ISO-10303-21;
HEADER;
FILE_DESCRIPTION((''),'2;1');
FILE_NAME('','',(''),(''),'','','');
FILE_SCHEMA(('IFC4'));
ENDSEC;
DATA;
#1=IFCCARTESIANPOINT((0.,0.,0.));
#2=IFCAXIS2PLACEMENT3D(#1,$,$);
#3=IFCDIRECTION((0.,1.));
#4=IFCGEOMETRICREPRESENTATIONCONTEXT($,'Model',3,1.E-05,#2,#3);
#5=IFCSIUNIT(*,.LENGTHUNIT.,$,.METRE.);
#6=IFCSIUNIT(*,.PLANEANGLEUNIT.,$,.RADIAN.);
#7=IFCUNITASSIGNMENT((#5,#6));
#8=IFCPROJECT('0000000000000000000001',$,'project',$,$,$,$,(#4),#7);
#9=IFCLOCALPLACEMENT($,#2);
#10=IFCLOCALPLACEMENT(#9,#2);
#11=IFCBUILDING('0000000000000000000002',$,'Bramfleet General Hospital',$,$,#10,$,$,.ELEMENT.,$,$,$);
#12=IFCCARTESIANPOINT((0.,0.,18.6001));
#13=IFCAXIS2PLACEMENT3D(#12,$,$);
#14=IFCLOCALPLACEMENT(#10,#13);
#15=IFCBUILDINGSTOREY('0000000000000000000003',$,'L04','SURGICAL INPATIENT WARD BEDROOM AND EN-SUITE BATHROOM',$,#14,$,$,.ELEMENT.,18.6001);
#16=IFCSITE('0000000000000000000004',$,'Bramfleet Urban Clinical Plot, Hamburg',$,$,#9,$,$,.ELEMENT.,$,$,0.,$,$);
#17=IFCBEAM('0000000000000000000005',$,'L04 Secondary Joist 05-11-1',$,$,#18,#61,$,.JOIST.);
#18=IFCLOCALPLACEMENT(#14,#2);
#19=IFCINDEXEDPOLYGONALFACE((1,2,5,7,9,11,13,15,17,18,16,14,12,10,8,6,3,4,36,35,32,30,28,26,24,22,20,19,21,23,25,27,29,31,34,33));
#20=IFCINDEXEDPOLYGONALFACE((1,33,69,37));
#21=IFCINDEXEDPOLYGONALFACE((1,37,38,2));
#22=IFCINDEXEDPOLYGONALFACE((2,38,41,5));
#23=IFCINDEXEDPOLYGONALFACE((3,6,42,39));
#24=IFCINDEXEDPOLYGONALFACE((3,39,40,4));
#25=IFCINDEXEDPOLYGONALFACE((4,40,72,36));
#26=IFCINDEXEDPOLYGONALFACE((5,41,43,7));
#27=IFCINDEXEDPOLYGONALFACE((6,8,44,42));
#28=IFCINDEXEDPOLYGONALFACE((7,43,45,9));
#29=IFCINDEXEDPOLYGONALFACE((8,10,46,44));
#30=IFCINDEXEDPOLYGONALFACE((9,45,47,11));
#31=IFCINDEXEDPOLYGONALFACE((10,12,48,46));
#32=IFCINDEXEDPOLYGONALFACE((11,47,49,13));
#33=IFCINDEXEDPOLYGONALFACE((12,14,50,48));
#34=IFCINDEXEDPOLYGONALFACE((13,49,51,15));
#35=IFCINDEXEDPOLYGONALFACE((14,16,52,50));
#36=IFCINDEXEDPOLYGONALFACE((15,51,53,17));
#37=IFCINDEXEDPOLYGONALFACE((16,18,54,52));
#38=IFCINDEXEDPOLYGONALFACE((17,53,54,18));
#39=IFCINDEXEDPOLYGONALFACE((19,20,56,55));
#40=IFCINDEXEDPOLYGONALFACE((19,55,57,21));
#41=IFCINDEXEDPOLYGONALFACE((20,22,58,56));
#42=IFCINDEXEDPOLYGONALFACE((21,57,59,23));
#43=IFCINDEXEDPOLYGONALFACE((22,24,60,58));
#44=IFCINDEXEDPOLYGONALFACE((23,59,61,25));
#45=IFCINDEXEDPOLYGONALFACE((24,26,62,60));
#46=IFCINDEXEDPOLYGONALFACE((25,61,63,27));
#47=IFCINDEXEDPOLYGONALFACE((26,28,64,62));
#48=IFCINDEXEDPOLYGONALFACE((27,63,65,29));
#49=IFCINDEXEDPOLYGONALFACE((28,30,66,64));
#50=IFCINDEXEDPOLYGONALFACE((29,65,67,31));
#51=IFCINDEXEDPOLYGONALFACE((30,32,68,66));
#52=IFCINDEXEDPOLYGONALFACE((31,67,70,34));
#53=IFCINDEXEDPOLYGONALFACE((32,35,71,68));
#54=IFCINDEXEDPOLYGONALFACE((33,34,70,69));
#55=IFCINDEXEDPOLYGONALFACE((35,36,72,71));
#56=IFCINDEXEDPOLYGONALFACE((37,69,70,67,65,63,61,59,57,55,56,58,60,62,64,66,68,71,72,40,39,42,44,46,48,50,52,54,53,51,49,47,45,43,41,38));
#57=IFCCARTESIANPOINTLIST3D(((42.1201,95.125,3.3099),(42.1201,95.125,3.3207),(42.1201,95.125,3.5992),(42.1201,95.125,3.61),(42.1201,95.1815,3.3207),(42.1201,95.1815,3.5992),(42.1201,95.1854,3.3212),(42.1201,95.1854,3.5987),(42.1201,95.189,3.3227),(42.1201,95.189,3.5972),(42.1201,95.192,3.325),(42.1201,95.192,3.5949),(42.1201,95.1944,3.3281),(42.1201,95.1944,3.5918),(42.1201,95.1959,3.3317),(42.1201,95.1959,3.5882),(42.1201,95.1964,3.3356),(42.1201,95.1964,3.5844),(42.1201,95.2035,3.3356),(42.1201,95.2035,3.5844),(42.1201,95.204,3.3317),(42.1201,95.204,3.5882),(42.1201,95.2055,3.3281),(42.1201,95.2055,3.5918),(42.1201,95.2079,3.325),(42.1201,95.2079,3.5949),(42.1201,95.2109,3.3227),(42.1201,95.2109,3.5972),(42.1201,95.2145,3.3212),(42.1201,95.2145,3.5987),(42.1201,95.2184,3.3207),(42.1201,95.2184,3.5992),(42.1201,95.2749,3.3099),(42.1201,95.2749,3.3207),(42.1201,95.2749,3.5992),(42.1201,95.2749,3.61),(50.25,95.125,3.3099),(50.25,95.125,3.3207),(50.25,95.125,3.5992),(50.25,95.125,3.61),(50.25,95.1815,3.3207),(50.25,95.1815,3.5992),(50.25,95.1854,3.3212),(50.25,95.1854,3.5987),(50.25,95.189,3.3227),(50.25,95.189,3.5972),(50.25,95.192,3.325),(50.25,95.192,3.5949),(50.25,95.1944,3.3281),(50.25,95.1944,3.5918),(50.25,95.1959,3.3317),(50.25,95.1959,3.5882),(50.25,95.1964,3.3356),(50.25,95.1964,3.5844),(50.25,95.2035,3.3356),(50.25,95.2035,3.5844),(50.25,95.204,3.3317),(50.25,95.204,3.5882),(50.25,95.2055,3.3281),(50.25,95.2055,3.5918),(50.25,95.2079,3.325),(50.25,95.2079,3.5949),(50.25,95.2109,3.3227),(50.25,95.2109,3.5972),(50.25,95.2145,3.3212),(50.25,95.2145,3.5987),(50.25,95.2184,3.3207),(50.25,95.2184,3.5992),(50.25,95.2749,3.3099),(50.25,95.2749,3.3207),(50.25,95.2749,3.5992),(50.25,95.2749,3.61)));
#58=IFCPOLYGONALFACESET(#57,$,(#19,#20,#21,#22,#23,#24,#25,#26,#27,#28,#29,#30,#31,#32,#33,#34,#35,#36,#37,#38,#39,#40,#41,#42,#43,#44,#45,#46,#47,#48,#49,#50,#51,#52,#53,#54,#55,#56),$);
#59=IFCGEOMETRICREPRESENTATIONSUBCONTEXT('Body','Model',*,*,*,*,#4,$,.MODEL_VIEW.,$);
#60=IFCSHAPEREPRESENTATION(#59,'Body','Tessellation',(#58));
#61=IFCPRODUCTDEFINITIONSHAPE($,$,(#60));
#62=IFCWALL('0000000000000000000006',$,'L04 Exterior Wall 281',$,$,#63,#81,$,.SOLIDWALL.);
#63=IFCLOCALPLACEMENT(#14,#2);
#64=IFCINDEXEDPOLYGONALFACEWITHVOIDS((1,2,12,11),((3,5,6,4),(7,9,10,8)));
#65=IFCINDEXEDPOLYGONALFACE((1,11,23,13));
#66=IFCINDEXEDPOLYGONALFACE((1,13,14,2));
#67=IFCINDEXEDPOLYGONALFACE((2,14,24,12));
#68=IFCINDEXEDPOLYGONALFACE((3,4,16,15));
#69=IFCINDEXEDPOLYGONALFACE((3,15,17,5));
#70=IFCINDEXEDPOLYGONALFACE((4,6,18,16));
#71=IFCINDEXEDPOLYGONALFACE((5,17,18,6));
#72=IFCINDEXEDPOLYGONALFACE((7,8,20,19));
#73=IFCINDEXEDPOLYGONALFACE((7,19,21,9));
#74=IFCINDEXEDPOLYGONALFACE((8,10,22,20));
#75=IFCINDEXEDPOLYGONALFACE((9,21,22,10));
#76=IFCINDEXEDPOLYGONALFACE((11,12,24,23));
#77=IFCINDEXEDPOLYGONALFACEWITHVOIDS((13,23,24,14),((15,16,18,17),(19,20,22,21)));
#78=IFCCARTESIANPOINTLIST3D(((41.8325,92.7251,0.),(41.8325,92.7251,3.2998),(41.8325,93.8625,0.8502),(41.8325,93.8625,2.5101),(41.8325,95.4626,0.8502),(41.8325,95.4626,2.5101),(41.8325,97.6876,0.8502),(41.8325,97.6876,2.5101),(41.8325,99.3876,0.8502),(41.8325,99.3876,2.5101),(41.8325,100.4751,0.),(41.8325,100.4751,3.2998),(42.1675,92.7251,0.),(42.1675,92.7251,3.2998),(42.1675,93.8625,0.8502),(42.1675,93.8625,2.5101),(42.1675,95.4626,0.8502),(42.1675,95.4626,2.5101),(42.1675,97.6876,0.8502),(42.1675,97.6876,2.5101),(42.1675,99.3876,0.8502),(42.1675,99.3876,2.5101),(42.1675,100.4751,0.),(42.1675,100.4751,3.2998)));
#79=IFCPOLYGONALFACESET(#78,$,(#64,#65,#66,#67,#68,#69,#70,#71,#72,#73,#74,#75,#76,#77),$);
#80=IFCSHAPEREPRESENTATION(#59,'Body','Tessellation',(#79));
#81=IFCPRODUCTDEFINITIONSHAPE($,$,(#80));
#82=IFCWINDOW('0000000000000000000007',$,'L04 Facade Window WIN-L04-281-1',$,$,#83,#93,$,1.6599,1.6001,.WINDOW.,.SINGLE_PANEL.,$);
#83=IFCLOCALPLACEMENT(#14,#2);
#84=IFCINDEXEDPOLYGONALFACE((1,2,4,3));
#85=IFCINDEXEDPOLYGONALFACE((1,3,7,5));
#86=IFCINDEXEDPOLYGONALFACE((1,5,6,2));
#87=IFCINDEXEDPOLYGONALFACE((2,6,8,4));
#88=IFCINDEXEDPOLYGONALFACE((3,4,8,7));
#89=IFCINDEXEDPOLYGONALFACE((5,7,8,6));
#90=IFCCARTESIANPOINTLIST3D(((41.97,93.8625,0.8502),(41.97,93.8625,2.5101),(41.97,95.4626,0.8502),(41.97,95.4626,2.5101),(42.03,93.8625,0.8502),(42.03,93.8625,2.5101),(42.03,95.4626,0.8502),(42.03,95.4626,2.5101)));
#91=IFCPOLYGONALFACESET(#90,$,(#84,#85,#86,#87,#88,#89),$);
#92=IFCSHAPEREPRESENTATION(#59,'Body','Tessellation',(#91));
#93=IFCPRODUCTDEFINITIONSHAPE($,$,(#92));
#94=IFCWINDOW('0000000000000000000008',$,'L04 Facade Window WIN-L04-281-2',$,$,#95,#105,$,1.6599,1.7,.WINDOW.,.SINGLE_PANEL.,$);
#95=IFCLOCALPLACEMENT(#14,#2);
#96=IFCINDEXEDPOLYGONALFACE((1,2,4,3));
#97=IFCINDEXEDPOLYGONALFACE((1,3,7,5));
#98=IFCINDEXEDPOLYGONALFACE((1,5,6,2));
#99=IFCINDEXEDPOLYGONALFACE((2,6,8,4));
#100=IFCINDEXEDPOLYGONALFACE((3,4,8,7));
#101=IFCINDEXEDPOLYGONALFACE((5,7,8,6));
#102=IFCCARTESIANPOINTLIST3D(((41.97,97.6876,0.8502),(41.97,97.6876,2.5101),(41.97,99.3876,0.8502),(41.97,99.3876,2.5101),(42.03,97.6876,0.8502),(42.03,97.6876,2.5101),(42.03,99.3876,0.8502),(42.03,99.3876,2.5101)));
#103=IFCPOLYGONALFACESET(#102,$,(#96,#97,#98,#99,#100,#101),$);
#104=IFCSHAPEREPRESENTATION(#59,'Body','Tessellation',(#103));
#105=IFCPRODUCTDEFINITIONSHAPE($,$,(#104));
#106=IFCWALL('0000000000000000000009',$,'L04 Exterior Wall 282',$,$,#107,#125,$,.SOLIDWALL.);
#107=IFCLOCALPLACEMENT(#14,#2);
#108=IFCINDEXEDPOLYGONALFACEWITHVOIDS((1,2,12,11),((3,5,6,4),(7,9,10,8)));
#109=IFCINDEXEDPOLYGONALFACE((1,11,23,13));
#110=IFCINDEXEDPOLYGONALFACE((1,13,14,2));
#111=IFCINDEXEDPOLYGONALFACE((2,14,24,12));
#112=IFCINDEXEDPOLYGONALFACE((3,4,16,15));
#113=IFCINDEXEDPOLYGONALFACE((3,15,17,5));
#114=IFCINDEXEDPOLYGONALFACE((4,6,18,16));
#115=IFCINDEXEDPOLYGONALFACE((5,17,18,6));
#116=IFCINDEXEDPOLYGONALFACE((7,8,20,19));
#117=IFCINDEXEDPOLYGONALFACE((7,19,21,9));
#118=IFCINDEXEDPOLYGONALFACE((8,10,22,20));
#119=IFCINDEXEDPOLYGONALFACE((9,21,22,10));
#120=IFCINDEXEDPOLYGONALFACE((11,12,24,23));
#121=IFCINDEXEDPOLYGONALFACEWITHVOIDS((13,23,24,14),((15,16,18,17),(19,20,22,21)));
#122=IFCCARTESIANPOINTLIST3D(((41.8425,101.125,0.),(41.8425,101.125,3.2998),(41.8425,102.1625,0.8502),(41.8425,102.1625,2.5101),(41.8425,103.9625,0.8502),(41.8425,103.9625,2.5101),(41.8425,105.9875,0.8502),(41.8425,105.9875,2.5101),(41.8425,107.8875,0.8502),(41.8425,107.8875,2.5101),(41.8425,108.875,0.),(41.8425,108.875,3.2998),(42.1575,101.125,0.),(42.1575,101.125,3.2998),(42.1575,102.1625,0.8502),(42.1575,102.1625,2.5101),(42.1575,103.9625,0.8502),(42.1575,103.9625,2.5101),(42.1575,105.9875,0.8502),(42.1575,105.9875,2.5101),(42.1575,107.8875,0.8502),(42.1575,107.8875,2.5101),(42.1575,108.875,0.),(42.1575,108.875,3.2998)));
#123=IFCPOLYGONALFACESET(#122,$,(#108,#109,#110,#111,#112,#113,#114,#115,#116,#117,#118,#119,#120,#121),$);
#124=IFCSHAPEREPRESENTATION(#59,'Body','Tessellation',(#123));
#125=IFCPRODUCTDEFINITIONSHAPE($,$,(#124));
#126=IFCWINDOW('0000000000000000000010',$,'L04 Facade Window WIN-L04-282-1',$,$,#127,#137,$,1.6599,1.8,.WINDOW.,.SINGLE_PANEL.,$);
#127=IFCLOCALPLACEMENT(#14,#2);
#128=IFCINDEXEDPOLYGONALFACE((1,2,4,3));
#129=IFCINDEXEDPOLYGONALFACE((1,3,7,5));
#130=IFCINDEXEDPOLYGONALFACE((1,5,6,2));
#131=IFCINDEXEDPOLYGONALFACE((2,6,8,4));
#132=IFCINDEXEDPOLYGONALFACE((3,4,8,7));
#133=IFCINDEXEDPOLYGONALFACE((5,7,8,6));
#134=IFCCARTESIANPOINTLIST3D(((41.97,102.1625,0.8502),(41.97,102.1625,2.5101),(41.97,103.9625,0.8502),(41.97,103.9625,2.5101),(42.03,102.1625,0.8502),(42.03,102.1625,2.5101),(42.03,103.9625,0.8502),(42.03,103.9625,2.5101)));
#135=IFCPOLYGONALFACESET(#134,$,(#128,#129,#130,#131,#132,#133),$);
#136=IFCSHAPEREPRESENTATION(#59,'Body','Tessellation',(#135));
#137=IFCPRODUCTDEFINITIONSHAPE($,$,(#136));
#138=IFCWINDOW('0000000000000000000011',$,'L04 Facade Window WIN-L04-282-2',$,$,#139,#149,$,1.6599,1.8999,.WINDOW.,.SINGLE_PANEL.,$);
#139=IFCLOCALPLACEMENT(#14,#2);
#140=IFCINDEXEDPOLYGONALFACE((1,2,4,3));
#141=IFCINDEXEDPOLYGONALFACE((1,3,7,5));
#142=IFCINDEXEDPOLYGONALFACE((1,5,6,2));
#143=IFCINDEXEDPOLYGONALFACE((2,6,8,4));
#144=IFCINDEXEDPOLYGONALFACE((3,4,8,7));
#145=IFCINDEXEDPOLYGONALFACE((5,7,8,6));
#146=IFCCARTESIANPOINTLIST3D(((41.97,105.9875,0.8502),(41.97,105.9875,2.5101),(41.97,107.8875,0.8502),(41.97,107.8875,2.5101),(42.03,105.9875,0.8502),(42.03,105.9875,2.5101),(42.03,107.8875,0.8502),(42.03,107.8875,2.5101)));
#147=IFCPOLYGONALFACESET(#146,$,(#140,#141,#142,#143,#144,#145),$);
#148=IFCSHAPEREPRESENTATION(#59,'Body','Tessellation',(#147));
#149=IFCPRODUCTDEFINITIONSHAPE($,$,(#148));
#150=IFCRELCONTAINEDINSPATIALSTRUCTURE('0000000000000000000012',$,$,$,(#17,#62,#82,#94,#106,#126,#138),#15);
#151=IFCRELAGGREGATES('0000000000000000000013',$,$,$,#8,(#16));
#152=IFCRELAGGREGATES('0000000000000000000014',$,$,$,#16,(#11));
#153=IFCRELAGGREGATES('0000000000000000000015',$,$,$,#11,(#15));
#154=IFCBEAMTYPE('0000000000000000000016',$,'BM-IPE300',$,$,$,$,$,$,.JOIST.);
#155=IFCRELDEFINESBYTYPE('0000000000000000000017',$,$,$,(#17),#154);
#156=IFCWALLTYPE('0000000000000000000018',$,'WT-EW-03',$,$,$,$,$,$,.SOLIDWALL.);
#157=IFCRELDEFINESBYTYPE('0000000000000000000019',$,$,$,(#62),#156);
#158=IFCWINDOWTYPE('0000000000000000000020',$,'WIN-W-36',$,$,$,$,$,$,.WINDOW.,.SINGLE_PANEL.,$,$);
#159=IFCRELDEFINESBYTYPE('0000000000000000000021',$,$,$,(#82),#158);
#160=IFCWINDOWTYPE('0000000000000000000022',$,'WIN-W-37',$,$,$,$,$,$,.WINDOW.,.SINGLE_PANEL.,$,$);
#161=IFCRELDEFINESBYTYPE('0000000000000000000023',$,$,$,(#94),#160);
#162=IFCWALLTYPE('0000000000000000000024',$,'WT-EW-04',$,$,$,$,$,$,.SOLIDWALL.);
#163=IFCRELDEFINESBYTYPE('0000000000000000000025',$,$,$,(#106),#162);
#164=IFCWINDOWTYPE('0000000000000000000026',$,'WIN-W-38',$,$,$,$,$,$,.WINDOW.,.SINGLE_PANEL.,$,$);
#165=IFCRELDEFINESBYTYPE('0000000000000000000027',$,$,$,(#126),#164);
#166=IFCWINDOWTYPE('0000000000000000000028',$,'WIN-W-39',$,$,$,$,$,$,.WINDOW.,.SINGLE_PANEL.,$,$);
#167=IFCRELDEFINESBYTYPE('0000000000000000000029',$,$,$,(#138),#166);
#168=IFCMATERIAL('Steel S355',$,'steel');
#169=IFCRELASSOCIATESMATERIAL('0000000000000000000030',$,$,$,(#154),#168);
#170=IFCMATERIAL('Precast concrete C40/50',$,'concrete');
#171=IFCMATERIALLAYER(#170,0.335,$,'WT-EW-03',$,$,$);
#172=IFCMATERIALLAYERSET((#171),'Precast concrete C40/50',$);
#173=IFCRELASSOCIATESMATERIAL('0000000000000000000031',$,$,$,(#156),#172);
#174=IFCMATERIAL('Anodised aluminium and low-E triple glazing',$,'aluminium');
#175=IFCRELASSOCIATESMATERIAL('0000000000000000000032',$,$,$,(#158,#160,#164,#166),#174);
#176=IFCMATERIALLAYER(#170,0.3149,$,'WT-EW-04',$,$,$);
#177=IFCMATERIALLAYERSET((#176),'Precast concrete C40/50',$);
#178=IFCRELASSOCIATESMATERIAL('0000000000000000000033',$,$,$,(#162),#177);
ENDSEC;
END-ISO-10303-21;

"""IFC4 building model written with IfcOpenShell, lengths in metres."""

from ifc_helpers import new_model, si_unit, direction, frame, frame_2d, origin, origin_2d, place, context, subcontext, project, spatial, rectangle, i_section, extrude, material, layer, layer_set, material_profile, profile_set, type_object, element, fill, save


model = new_model("IFC4")

# Units and contexts
model_context = context("Model", 3, precision=1e-05, world=origin(), true_north=direction((0.0, 1.0)))
body_context = subcontext(model_context, "Body", "Model", "MODEL_VIEW")
ifc_project = project(units=[si_unit("LENGTHUNIT", "METRE"), si_unit("PLANEANGLEUNIT", "RADIAN")], contexts=[model_context])

# Site, building, storey
site_placement = place(None, origin())
site = spatial("IfcSite", under=ifc_project, at=site_placement, Name="Bramfleet Urban Clinical Plot, Hamburg", CompositionType="ELEMENT", RefElevation=0.0)
building_placement = place(site_placement, origin())
building = spatial("IfcBuilding", under=site, at=building_placement, Name="Bramfleet General Hospital", CompositionType="ELEMENT")
storey_placement = place(building_placement, frame((0.0, 0.0, 18.6001)))
storey = spatial("IfcBuildingStorey", under=building, at=storey_placement, Name="L04", Description="SURGICAL INPATIENT WARD BEDROOM AND EN-SUITE BATHROOM", CompositionType="ELEMENT", Elevation=18.6001)

# Beam
ifc_material_1 = material(Name="Steel S355", Category="steel")
ifc_material_profile_1 = material_profile(ifc_material_1, i_section(OverallWidth=0.1499, OverallDepth=0.3, WebThickness=0.0071, FlangeThickness=0.0107, FilletRadius=0.0149, at=origin_2d()), Name="IPE 300")
ifc_profile_set_1 = profile_set([ifc_material_profile_1], Name="Steel S355")
beam_type_1 = type_object("IfcBeamType", Name="BM-IPE300", PredefinedType="JOIST", material=ifc_profile_set_1)
beam_1_placement = place(storey_placement, frame((42.1201, 95.2, 3.46), z_axis=(1.0, 0.0, 0.0), x_axis=(0.0, 1.0, 0.0)))
element("IfcBeam", 1, at=beam_1_placement, inside=storey, type_object=beam_type_1, Name="L04 Secondary Joist 05-11-1", PredefinedType="JOIST", context=body_context, shape_type="SweptSolid", body=[
    extrude(i_section(OverallWidth=0.1499, OverallDepth=0.3, WebThickness=0.0071, FlangeThickness=0.0107, FilletRadius=0.0149, at=origin_2d()), origin(), (0.0, 0.0, 1.0), 8.1299),
])

# Walls, openings, windows
ifc_material_2 = material(Name="Precast concrete C40/50", Category="concrete")
ifc_layer_1 = layer(ifc_material_2, 0.335, Name="WT-EW-03")
ifc_layer_set_1 = layer_set([ifc_layer_1], Name="Precast concrete C40/50")
wall_type_1 = type_object("IfcWallType", Name="WT-EW-03", PredefinedType="SOLIDWALL", material=ifc_layer_set_1)
wall_1_placement = place(storey_placement, frame((42.0, 92.7251, 0.0), z_axis=(0.0, 0.0, 1.0), x_axis=(0.0, 1.0, 0.0)))
wall_1 = element("IfcWall", 2, at=wall_1_placement, inside=storey, type_object=wall_type_1, Name="L04 Exterior Wall 281", PredefinedType="SOLIDWALL", context=body_context, shape_type="SweptSolid", body=[
    extrude(rectangle(XDim=7.75, YDim=0.335, at=frame_2d((3.875, 0.0))), origin(), (0.0, 0.0, 1.0), 3.2998),
])
opening_1_placement = place(wall_1_placement, frame((1.1375, 0.0, 0.8501)))
opening_1 = element("IfcOpeningElement", 3, at=opening_1_placement, cuts=wall_1, PredefinedType="OPENING", context=body_context, shape_type="SweptSolid", body=[
    extrude(rectangle(XDim=1.6001, YDim=1.6599, at=frame_2d((0.8, 0.8301))), frame((0.0, 0.1775, 0.0), z_axis=(0.0, -1.0, 0.0), x_axis=(1.0, 0.0, 0.0)), (0.0, 0.0, 1.0), 0.355),
])
opening_2_placement = place(wall_1_placement, frame((4.9624, 0.0, 0.8501)))
opening_2 = element("IfcOpeningElement", 4, at=opening_2_placement, cuts=wall_1, PredefinedType="OPENING", context=body_context, shape_type="SweptSolid", body=[
    extrude(rectangle(XDim=1.7, YDim=1.6599, at=frame_2d((0.8501, 0.8301))), frame((0.0, 0.1775, 0.0), z_axis=(0.0, -1.0, 0.0), x_axis=(1.0, 0.0, 0.0)), (0.0, 0.0, 1.0), 0.355),
])
ifc_material_3 = material(Name="Anodised aluminium and low-E triple glazing", Category="aluminium")
window_type_1 = type_object("IfcWindowType", Name="WIN-W-36", PartitioningType="SINGLE_PANEL", PredefinedType="WINDOW", material=ifc_material_3)
window_1_placement = place(opening_1_placement, origin())
window_1 = element("IfcWindow", 5, at=window_1_placement, inside=storey, type_object=window_type_1, Name="L04 Facade Window WIN-L04-281-1", OverallHeight=1.6599, OverallWidth=1.6001, PartitioningType="SINGLE_PANEL", PredefinedType="WINDOW", context=body_context, shape_type="SweptSolid", body=[
    extrude(rectangle(XDim=1.6001, YDim=1.6599, at=frame_2d((0.8, 0.8301))), frame((0.0, 0.03, 0.0), z_axis=(0.0, -1.0, 0.0), x_axis=(1.0, 0.0, 0.0)), (0.0, 0.0, 1.0), 0.0601),
])
fill(opening_1, window_1)
window_type_2 = type_object("IfcWindowType", Name="WIN-W-37", PartitioningType="SINGLE_PANEL", PredefinedType="WINDOW", material=ifc_material_3)
window_2_placement = place(opening_2_placement, origin())
window_2 = element("IfcWindow", 6, at=window_2_placement, inside=storey, type_object=window_type_2, Name="L04 Facade Window WIN-L04-281-2", OverallHeight=1.6599, OverallWidth=1.7, PartitioningType="SINGLE_PANEL", PredefinedType="WINDOW", context=body_context, shape_type="SweptSolid", body=[
    extrude(rectangle(XDim=1.7, YDim=1.6599, at=frame_2d((0.8501, 0.8301))), frame((0.0, 0.03, 0.0), z_axis=(0.0, -1.0, 0.0), x_axis=(1.0, 0.0, 0.0)), (0.0, 0.0, 1.0), 0.0601),
])
fill(opening_2, window_2)
ifc_layer_2 = layer(ifc_material_2, 0.3149, Name="WT-EW-04")
ifc_layer_set_2 = layer_set([ifc_layer_2], Name="Precast concrete C40/50")
wall_type_2 = type_object("IfcWallType", Name="WT-EW-04", PredefinedType="SOLIDWALL", material=ifc_layer_set_2)
wall_2_placement = place(storey_placement, frame((42.0, 101.125, 0.0), z_axis=(0.0, 0.0, 1.0), x_axis=(0.0, 1.0, 0.0)))
wall_2 = element("IfcWall", 7, at=wall_2_placement, inside=storey, type_object=wall_type_2, Name="L04 Exterior Wall 282", PredefinedType="SOLIDWALL", context=body_context, shape_type="SweptSolid", body=[
    extrude(rectangle(XDim=7.75, YDim=0.3149, at=frame_2d((3.875, 0.0))), origin(), (0.0, 0.0, 1.0), 3.2998),
])
opening_3_placement = place(wall_2_placement, frame((1.0376, 0.0, 0.8501)))
opening_3 = element("IfcOpeningElement", 8, at=opening_3_placement, cuts=wall_2, PredefinedType="OPENING", context=body_context, shape_type="SweptSolid", body=[
    extrude(rectangle(XDim=1.8, YDim=1.6599, at=frame_2d((0.8999, 0.8301))), frame((0.0, 0.1675, 0.0), z_axis=(0.0, -1.0, 0.0), x_axis=(1.0, 0.0, 0.0)), (0.0, 0.0, 1.0), 0.335),
])
opening_4_placement = place(wall_2_placement, frame((4.8625, 0.0, 0.8501)))
opening_4 = element("IfcOpeningElement", 9, at=opening_4_placement, cuts=wall_2, PredefinedType="OPENING", context=body_context, shape_type="SweptSolid", body=[
    extrude(rectangle(XDim=1.8999, YDim=1.6599, at=frame_2d((0.95, 0.8301))), frame((0.0, 0.1675, 0.0), z_axis=(0.0, -1.0, 0.0), x_axis=(1.0, 0.0, 0.0)), (0.0, 0.0, 1.0), 0.335),
])
window_type_3 = type_object("IfcWindowType", Name="WIN-W-38", PartitioningType="SINGLE_PANEL", PredefinedType="WINDOW", material=ifc_material_3)
window_3_placement = place(opening_3_placement, origin())
window_3 = element("IfcWindow", 10, at=window_3_placement, inside=storey, type_object=window_type_3, Name="L04 Facade Window WIN-L04-282-1", OverallHeight=1.6599, OverallWidth=1.8, PartitioningType="SINGLE_PANEL", PredefinedType="WINDOW", context=body_context, shape_type="SweptSolid", body=[
    extrude(rectangle(XDim=1.8, YDim=1.6599, at=frame_2d((0.8999, 0.8301))), frame((0.0, 0.03, 0.0), z_axis=(0.0, -1.0, 0.0), x_axis=(1.0, 0.0, 0.0)), (0.0, 0.0, 1.0), 0.0601),
])
fill(opening_3, window_3)
window_type_4 = type_object("IfcWindowType", Name="WIN-W-39", PartitioningType="SINGLE_PANEL", PredefinedType="WINDOW", material=ifc_material_3)
window_4_placement = place(opening_4_placement, origin())
window_4 = element("IfcWindow", 11, at=window_4_placement, inside=storey, type_object=window_type_4, Name="L04 Facade Window WIN-L04-282-2", OverallHeight=1.6599, OverallWidth=1.8999, PartitioningType="SINGLE_PANEL", PredefinedType="WINDOW", context=body_context, shape_type="SweptSolid", body=[
    extrude(rectangle(XDim=1.8999, YDim=1.6599, at=frame_2d((0.95, 0.8301))), frame((0.0, 0.03, 0.0), z_axis=(0.0, -1.0, 0.0), x_axis=(1.0, 0.0, 0.0)), (0.0, 0.0, 1.0), 0.0601),
])
fill(opening_4, window_4)

save(model, "model.ifc")
